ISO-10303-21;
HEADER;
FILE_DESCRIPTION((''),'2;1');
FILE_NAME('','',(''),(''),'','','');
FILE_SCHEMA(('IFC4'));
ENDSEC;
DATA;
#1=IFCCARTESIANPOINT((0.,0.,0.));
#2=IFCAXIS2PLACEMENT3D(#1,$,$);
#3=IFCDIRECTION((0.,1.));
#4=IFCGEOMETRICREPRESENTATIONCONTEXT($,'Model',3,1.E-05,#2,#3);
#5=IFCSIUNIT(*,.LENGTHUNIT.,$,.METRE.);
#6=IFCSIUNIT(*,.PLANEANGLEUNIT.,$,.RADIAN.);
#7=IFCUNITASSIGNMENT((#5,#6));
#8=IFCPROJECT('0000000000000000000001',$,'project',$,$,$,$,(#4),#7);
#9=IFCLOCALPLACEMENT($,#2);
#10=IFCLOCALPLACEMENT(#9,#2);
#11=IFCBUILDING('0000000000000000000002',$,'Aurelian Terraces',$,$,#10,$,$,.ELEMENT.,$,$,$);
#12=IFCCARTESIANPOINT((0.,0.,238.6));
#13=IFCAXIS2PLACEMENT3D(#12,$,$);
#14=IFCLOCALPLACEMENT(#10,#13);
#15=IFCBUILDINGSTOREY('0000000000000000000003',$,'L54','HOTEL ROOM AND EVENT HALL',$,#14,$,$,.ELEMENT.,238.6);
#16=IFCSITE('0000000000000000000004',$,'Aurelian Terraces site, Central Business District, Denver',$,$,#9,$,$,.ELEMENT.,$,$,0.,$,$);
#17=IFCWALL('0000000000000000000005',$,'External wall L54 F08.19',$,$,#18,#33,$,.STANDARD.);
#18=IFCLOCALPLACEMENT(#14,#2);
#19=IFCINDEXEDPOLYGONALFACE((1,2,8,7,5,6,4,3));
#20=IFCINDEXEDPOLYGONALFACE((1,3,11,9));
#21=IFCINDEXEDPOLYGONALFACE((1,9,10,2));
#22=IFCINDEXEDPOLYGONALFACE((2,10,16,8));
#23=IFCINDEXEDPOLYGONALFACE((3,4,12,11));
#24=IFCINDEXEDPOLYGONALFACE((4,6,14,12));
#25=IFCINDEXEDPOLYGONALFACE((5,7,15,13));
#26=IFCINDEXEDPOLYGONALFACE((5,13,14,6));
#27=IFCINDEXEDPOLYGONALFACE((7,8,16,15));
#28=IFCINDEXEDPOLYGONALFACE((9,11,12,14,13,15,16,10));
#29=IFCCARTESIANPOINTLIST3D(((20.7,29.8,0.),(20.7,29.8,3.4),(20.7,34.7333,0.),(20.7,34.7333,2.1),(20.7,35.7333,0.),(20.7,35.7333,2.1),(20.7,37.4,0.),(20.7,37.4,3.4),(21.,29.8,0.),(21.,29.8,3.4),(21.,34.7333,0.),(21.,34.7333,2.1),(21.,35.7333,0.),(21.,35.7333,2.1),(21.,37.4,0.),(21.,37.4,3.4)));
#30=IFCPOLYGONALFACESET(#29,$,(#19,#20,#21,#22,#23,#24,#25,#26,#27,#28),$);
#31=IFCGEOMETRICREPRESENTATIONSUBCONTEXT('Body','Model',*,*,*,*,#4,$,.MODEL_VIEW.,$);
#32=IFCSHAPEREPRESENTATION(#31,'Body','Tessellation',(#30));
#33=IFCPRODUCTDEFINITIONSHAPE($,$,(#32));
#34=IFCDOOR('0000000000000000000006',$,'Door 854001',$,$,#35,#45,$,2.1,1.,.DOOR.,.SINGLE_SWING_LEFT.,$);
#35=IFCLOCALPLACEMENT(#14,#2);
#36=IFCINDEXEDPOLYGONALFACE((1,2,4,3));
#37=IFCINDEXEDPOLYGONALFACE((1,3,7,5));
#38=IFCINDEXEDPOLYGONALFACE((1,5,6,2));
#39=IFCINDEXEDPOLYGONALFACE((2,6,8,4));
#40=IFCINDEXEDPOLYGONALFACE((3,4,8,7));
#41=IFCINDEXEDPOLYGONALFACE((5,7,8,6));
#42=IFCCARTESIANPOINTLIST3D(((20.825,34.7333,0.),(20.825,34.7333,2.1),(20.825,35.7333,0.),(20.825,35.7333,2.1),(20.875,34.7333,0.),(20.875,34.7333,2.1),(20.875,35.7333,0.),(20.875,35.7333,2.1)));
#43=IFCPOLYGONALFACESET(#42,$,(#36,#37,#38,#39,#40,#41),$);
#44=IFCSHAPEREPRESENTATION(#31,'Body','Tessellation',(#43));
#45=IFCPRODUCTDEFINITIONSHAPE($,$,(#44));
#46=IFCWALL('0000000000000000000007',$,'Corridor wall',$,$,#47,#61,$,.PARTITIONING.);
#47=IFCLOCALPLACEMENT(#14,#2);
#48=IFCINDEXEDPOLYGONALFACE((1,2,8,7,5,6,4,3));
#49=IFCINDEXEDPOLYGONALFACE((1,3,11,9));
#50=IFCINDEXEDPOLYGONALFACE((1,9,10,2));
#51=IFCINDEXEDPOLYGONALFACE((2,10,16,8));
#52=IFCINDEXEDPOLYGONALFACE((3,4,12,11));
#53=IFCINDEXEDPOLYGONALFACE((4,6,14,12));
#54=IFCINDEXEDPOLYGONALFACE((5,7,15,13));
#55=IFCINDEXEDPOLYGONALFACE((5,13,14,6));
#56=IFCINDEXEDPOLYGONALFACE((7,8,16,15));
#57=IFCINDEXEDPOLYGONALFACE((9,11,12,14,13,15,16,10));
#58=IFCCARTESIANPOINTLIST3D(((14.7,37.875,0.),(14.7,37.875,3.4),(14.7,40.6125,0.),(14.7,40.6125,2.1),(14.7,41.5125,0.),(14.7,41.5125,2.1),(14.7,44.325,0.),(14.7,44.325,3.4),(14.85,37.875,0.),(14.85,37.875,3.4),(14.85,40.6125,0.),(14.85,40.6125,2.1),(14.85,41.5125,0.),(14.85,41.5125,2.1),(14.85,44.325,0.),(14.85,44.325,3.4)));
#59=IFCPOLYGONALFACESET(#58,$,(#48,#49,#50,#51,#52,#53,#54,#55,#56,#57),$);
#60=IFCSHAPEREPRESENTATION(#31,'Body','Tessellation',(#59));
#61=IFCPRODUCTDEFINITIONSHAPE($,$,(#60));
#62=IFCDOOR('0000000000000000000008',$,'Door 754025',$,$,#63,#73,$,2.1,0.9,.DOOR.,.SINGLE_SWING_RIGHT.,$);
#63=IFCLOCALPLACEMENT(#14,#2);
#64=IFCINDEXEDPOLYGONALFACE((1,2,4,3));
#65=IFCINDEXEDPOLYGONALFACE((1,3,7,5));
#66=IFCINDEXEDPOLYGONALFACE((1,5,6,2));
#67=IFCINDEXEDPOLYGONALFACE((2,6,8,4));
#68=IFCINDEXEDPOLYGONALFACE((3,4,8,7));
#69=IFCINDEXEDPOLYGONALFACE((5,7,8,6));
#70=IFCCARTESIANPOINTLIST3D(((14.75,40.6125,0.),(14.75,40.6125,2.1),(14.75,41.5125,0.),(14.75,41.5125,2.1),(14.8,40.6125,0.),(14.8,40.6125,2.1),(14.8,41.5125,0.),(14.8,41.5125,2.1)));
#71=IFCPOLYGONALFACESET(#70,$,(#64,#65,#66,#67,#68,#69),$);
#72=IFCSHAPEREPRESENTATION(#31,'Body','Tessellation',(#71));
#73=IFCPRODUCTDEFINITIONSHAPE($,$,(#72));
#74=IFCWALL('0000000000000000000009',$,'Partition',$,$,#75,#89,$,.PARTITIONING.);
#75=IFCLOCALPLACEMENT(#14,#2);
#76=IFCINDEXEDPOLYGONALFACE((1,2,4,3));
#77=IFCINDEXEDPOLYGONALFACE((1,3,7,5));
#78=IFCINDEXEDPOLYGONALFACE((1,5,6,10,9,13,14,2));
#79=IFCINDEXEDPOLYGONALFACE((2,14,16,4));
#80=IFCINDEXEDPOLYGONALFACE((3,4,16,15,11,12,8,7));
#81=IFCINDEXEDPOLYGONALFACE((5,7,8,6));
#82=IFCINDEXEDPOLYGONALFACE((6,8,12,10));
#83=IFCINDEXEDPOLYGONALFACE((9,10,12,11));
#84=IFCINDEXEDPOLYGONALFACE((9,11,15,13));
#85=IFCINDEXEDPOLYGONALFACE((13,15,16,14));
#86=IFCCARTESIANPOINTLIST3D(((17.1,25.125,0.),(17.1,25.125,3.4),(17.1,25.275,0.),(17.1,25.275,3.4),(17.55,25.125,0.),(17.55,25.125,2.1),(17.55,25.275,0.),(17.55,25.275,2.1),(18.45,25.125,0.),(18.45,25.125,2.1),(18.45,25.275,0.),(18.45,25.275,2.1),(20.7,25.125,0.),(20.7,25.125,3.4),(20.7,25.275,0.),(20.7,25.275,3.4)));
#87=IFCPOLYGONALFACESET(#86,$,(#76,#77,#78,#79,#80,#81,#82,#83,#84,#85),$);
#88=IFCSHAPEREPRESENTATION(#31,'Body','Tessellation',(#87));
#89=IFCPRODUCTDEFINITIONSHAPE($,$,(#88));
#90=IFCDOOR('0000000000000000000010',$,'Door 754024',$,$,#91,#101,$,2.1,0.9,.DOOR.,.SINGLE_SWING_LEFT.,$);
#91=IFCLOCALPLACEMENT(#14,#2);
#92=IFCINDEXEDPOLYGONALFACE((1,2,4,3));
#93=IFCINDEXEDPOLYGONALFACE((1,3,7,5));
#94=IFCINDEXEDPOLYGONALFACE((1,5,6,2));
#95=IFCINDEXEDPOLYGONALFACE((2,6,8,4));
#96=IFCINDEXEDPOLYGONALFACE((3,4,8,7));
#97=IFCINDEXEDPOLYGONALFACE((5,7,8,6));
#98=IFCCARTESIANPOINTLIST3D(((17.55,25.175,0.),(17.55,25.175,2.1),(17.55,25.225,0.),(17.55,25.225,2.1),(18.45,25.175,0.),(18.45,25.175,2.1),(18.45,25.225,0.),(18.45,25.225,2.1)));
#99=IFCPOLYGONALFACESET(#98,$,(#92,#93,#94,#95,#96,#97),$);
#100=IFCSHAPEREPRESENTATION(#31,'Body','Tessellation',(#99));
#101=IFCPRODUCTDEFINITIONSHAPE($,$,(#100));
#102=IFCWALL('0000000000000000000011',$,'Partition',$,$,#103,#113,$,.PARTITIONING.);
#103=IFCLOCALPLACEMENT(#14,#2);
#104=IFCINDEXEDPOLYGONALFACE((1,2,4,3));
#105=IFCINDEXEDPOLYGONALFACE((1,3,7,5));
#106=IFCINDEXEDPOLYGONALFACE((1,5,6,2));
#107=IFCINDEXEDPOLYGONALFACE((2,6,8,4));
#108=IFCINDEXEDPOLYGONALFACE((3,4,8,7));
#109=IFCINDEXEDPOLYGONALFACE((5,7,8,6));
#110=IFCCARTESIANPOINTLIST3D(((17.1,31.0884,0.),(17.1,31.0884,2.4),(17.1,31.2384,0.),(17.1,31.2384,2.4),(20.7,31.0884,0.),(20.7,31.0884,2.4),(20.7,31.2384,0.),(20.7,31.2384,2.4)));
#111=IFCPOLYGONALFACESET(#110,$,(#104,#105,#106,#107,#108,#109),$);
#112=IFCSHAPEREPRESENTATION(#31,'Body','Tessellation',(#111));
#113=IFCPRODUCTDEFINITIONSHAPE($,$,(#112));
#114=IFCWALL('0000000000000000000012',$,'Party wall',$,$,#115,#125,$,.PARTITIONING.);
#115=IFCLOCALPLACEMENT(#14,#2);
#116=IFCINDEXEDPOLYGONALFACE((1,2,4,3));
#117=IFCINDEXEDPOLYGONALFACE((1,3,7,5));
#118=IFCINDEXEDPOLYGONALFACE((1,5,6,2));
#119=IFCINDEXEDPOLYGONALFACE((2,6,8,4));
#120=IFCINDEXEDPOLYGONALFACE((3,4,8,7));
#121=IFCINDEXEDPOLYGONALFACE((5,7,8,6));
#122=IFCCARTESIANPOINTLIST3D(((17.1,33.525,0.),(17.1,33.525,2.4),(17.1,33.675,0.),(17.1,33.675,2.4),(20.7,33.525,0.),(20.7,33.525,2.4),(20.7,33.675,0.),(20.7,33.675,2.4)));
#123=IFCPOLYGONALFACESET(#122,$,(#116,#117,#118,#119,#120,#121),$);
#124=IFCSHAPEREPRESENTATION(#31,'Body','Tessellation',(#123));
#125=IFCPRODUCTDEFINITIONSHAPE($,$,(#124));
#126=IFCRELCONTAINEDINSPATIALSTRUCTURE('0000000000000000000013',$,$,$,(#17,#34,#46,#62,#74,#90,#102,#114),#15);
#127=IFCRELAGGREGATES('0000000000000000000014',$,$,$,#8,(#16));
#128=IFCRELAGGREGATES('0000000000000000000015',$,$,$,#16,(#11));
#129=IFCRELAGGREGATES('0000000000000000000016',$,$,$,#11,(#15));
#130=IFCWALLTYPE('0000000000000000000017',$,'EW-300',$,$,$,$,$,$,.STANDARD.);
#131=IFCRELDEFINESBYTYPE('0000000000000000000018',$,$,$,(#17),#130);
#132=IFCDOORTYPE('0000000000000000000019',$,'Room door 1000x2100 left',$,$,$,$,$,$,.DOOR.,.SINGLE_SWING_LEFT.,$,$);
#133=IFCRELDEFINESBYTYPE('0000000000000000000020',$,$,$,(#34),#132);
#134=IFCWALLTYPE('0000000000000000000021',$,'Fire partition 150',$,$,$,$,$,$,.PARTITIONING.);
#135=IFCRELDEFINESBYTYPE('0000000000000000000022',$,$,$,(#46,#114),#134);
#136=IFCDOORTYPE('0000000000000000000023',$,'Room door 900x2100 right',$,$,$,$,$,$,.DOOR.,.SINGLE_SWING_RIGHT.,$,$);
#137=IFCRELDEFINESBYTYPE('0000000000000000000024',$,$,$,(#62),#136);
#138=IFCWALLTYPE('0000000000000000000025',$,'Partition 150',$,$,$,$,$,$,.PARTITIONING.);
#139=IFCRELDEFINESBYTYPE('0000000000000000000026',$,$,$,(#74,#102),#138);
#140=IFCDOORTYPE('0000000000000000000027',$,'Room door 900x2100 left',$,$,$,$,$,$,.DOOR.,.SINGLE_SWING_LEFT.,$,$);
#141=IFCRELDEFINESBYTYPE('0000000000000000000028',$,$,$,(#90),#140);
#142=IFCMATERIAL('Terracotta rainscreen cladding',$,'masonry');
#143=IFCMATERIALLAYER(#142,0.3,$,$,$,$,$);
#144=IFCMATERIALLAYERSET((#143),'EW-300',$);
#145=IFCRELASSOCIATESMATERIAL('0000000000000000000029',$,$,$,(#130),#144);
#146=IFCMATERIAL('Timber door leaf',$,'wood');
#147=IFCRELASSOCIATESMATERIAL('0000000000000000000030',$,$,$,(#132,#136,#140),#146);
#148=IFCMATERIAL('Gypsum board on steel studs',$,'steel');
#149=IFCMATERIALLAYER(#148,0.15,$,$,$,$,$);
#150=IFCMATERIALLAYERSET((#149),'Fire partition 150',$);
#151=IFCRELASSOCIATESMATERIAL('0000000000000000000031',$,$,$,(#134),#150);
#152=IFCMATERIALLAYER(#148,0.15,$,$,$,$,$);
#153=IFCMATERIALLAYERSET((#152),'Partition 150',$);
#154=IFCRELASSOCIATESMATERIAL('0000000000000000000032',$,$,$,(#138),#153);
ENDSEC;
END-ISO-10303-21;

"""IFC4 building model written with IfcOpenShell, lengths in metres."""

from ifc_helpers import new_model, si_unit, direction, frame, frame_2d, origin, place, context, subcontext, project, spatial, rectangle, extrude, source, transform, mapped, material, layer, layer_set, type_object, element, fill, save


model = new_model("IFC4")

# Units and contexts
model_context = context("Model", 3, precision=1e-05, world=origin(), true_north=direction((0.0, 1.0)))
body_context = subcontext(model_context, "Body", "Model", "MODEL_VIEW")
ifc_project = project(units=[si_unit("LENGTHUNIT", "METRE"), si_unit("PLANEANGLEUNIT", "RADIAN")], contexts=[model_context])

# Site, building, storey
site_placement = place(None, origin())
site = spatial("IfcSite", under=ifc_project, at=site_placement, Name="Aurelian Terraces site, Central Business District, Denver", CompositionType="ELEMENT", RefElevation=0.0)
building_placement = place(site_placement, origin())
building = spatial("IfcBuilding", under=site, at=building_placement, Name="Aurelian Terraces", CompositionType="ELEMENT")
storey_placement = place(building_placement, frame((0.0, 0.0, 238.6)))
storey = spatial("IfcBuildingStorey", under=building, at=storey_placement, Name="L54", Description="HOTEL ROOM AND EVENT HALL", CompositionType="ELEMENT", Elevation=238.6)

# Shared definitions
ifc_material_1 = material(Name="Terracotta rainscreen cladding", Category="masonry")
ifc_layer_1 = layer(ifc_material_1, 0.3)
ifc_layer_set_1 = layer_set([ifc_layer_1], Name="EW-300")
wall_type_1 = type_object("IfcWallType", Name="EW-300", PredefinedType="STANDARD", material=ifc_layer_set_1)

# Walls, openings, doors
shared_shape_1 = source(origin(), body_context, "Body", "SweptSolid", [
    extrude(rectangle(XDim=7.6, YDim=0.3, at=frame_2d((3.8, 0.0))), origin(), (0.0, 0.0, 1.0), 3.4),
])
wall_1_placement = place(storey_placement, frame((20.85, 29.8, 0.0), z_axis=(0.0, 0.0, 1.0), x_axis=(0.0, 1.0, 0.0)))
wall_1 = element("IfcWall", 1, at=wall_1_placement, inside=storey, type_object=wall_type_1, Name="External wall L54 F08.19", PredefinedType="STANDARD", context=body_context, shape_type="MappedRepresentation", body=[
    mapped(shared_shape_1, transform((0.0, 0.0, 0.0), scale=1.0)),
])
shared_shape_2 = source(origin(), body_context, "Body", "SweptSolid", [
    extrude(rectangle(XDim=1.0, YDim=2.1, at=frame_2d((0.5, 1.05))), frame((0.0, 0.16, 0.0), z_axis=(0.0, -1.0, 0.0), x_axis=(1.0, 0.0, 0.0)), (0.0, 0.0, 1.0), 0.32),
])
opening_1_placement = place(wall_1_placement, frame((4.9333, 0.0, 0.0)))
opening_1 = element("IfcOpeningElement", 2, at=opening_1_placement, cuts=wall_1, PredefinedType="OPENING", context=body_context, shape_type="MappedRepresentation", body=[
    mapped(shared_shape_2, transform((0.0, 0.0, 0.0), scale=1.0)),
])
ifc_material_2 = material(Name="Timber door leaf", Category="wood")
door_type_1 = type_object("IfcDoorType", Name="Room door 1000x2100 left", OperationType="SINGLE_SWING_LEFT", PredefinedType="DOOR", material=ifc_material_2)
shared_shape_3 = source(origin(), body_context, "Body", "SweptSolid", [
    extrude(rectangle(XDim=1.0, YDim=2.1, at=frame_2d((0.5, 1.05))), frame((0.0, 0.025, 0.0), z_axis=(0.0, -1.0, 0.0), x_axis=(1.0, 0.0, 0.0)), (0.0, 0.0, 1.0), 0.05),
])
door_1_placement = place(opening_1_placement, origin())
door_1 = element("IfcDoor", 3, at=door_1_placement, inside=storey, type_object=door_type_1, Name="Door 854001", OperationType="SINGLE_SWING_LEFT", OverallHeight=2.1, OverallWidth=1.0, PredefinedType="DOOR", context=body_context, shape_type="MappedRepresentation", body=[
    mapped(shared_shape_3, transform((0.0, 0.0, 0.0), scale=1.0)),
])
fill(opening_1, door_1)
ifc_material_3 = material(Name="Gypsum board on steel studs", Category="steel")
ifc_layer_2 = layer(ifc_material_3, 0.15)
ifc_layer_set_2 = layer_set([ifc_layer_2], Name="Fire partition 150")
wall_type_2 = type_object("IfcWallType", Name="Fire partition 150", PredefinedType="PARTITIONING", material=ifc_layer_set_2)
shared_shape_4 = source(origin(), body_context, "Body", "SweptSolid", [
    extrude(rectangle(XDim=6.45, YDim=0.15, at=frame_2d((3.225, 0.0))), origin(), (0.0, 0.0, 1.0), 3.4),
])
wall_2_placement = place(storey_placement, frame((14.775, 37.875, 0.0), z_axis=(0.0, 0.0, 1.0), x_axis=(0.0, 1.0, 0.0)))
wall_2 = element("IfcWall", 4, at=wall_2_placement, inside=storey, type_object=wall_type_2, Name="Corridor wall", PredefinedType="PARTITIONING", context=body_context, shape_type="MappedRepresentation", body=[
    mapped(shared_shape_4, transform((0.0, 0.0, 0.0), scale=1.0)),
])
shared_shape_5 = source(origin(), body_context, "Body", "SweptSolid", [
    extrude(rectangle(XDim=0.9, YDim=2.1, at=frame_2d((0.45, 1.05))), frame((0.0, 0.085, 0.0), z_axis=(0.0, -1.0, 0.0), x_axis=(1.0, 0.0, 0.0)), (0.0, 0.0, 1.0), 0.17),
])
opening_2_placement = place(wall_2_placement, frame((2.7375, 0.0, 0.0)))
opening_2 = element("IfcOpeningElement", 5, at=opening_2_placement, cuts=wall_2, PredefinedType="OPENING", context=body_context, shape_type="MappedRepresentation", body=[
    mapped(shared_shape_5, transform((0.0, 0.0, 0.0), scale=1.0)),
])
door_type_2 = type_object("IfcDoorType", Name="Room door 900x2100 right", OperationType="SINGLE_SWING_RIGHT", PredefinedType="DOOR", material=ifc_material_2)
shared_shape_6 = source(origin(), body_context, "Body", "SweptSolid", [
    extrude(rectangle(XDim=0.9, YDim=2.1, at=frame_2d((0.45, 1.05))), frame((0.0, 0.025, 0.0), z_axis=(0.0, -1.0, 0.0), x_axis=(1.0, 0.0, 0.0)), (0.0, 0.0, 1.0), 0.05),
])
door_2_placement = place(opening_2_placement, origin())
door_2 = element("IfcDoor", 6, at=door_2_placement, inside=storey, type_object=door_type_2, Name="Door 754025", OperationType="SINGLE_SWING_RIGHT", OverallHeight=2.1, OverallWidth=0.9, PredefinedType="DOOR", context=body_context, shape_type="MappedRepresentation", body=[
    mapped(shared_shape_6, transform((0.0, 0.0, 0.0), scale=1.0)),
])
fill(opening_2, door_2)
ifc_layer_3 = layer(ifc_material_3, 0.15)
ifc_layer_set_3 = layer_set([ifc_layer_3], Name="Partition 150")
wall_type_3 = type_object("IfcWallType", Name="Partition 150", PredefinedType="PARTITIONING", material=ifc_layer_set_3)
shared_shape_7 = source(origin(), body_context, "Body", "SweptSolid", [
    extrude(rectangle(XDim=3.6, YDim=0.15, at=frame_2d((1.8, 0.0))), origin(), (0.0, 0.0, 1.0), 3.4),
])
wall_3_placement = place(storey_placement, frame((17.1, 25.2, 0.0), z_axis=(0.0, 0.0, 1.0), x_axis=(1.0, 0.0, 0.0)))
wall_3 = element("IfcWall", 7, at=wall_3_placement, inside=storey, type_object=wall_type_3, Name="Partition", PredefinedType="PARTITIONING", context=body_context, shape_type="MappedRepresentation", body=[
    mapped(shared_shape_7, transform((0.0, 0.0, 0.0), scale=1.0)),
])
opening_3_placement = place(wall_3_placement, frame((0.45, 0.0, 0.0)))
opening_3 = element("IfcOpeningElement", 8, at=opening_3_placement, cuts=wall_3, PredefinedType="OPENING", context=body_context, shape_type="MappedRepresentation", body=[
    mapped(shared_shape_5, transform((0.0, 0.0, 0.0), scale=1.0)),
])
door_type_3 = type_object("IfcDoorType", Name="Room door 900x2100 left", OperationType="SINGLE_SWING_LEFT", PredefinedType="DOOR", material=ifc_material_2)
door_3_placement = place(opening_3_placement, origin())
door_3 = element("IfcDoor", 9, at=door_3_placement, inside=storey, type_object=door_type_3, Name="Door 754024", OperationType="SINGLE_SWING_LEFT", OverallHeight=2.1, OverallWidth=0.9, PredefinedType="DOOR", context=body_context, shape_type="MappedRepresentation", body=[
    mapped(shared_shape_6, transform((0.0, 0.0, 0.0), scale=1.0)),
])
fill(opening_3, door_3)

# Walls
shared_shape_8 = source(origin(), body_context, "Body", "SweptSolid", [
    extrude(rectangle(XDim=3.6, YDim=0.15, at=frame_2d((1.8, 0.0))), origin(), (0.0, 0.0, 1.0), 2.4),
])
wall_4_placement = place(storey_placement, frame((17.1, 31.1634, 0.0), z_axis=(0.0, 0.0, 1.0), x_axis=(1.0, 0.0, 0.0)))
element("IfcWall", 10, at=wall_4_placement, inside=storey, type_object=wall_type_3, Name="Partition", PredefinedType="PARTITIONING", context=body_context, shape_type="MappedRepresentation", body=[
    mapped(shared_shape_8, transform((0.0, 0.0, 0.0), scale=1.0)),
])
wall_5_placement = place(storey_placement, frame((20.7, 33.6, 0.0), z_axis=(0.0, 0.0, 1.0), x_axis=(-1.0, 0.0, 0.0)))
element("IfcWall", 11, at=wall_5_placement, inside=storey, type_object=wall_type_2, Name="Party wall", PredefinedType="PARTITIONING", context=body_context, shape_type="MappedRepresentation", body=[
    mapped(shared_shape_8, transform((0.0, 0.0, 0.0), scale=1.0)),
])

save(model, "model.ifc")
